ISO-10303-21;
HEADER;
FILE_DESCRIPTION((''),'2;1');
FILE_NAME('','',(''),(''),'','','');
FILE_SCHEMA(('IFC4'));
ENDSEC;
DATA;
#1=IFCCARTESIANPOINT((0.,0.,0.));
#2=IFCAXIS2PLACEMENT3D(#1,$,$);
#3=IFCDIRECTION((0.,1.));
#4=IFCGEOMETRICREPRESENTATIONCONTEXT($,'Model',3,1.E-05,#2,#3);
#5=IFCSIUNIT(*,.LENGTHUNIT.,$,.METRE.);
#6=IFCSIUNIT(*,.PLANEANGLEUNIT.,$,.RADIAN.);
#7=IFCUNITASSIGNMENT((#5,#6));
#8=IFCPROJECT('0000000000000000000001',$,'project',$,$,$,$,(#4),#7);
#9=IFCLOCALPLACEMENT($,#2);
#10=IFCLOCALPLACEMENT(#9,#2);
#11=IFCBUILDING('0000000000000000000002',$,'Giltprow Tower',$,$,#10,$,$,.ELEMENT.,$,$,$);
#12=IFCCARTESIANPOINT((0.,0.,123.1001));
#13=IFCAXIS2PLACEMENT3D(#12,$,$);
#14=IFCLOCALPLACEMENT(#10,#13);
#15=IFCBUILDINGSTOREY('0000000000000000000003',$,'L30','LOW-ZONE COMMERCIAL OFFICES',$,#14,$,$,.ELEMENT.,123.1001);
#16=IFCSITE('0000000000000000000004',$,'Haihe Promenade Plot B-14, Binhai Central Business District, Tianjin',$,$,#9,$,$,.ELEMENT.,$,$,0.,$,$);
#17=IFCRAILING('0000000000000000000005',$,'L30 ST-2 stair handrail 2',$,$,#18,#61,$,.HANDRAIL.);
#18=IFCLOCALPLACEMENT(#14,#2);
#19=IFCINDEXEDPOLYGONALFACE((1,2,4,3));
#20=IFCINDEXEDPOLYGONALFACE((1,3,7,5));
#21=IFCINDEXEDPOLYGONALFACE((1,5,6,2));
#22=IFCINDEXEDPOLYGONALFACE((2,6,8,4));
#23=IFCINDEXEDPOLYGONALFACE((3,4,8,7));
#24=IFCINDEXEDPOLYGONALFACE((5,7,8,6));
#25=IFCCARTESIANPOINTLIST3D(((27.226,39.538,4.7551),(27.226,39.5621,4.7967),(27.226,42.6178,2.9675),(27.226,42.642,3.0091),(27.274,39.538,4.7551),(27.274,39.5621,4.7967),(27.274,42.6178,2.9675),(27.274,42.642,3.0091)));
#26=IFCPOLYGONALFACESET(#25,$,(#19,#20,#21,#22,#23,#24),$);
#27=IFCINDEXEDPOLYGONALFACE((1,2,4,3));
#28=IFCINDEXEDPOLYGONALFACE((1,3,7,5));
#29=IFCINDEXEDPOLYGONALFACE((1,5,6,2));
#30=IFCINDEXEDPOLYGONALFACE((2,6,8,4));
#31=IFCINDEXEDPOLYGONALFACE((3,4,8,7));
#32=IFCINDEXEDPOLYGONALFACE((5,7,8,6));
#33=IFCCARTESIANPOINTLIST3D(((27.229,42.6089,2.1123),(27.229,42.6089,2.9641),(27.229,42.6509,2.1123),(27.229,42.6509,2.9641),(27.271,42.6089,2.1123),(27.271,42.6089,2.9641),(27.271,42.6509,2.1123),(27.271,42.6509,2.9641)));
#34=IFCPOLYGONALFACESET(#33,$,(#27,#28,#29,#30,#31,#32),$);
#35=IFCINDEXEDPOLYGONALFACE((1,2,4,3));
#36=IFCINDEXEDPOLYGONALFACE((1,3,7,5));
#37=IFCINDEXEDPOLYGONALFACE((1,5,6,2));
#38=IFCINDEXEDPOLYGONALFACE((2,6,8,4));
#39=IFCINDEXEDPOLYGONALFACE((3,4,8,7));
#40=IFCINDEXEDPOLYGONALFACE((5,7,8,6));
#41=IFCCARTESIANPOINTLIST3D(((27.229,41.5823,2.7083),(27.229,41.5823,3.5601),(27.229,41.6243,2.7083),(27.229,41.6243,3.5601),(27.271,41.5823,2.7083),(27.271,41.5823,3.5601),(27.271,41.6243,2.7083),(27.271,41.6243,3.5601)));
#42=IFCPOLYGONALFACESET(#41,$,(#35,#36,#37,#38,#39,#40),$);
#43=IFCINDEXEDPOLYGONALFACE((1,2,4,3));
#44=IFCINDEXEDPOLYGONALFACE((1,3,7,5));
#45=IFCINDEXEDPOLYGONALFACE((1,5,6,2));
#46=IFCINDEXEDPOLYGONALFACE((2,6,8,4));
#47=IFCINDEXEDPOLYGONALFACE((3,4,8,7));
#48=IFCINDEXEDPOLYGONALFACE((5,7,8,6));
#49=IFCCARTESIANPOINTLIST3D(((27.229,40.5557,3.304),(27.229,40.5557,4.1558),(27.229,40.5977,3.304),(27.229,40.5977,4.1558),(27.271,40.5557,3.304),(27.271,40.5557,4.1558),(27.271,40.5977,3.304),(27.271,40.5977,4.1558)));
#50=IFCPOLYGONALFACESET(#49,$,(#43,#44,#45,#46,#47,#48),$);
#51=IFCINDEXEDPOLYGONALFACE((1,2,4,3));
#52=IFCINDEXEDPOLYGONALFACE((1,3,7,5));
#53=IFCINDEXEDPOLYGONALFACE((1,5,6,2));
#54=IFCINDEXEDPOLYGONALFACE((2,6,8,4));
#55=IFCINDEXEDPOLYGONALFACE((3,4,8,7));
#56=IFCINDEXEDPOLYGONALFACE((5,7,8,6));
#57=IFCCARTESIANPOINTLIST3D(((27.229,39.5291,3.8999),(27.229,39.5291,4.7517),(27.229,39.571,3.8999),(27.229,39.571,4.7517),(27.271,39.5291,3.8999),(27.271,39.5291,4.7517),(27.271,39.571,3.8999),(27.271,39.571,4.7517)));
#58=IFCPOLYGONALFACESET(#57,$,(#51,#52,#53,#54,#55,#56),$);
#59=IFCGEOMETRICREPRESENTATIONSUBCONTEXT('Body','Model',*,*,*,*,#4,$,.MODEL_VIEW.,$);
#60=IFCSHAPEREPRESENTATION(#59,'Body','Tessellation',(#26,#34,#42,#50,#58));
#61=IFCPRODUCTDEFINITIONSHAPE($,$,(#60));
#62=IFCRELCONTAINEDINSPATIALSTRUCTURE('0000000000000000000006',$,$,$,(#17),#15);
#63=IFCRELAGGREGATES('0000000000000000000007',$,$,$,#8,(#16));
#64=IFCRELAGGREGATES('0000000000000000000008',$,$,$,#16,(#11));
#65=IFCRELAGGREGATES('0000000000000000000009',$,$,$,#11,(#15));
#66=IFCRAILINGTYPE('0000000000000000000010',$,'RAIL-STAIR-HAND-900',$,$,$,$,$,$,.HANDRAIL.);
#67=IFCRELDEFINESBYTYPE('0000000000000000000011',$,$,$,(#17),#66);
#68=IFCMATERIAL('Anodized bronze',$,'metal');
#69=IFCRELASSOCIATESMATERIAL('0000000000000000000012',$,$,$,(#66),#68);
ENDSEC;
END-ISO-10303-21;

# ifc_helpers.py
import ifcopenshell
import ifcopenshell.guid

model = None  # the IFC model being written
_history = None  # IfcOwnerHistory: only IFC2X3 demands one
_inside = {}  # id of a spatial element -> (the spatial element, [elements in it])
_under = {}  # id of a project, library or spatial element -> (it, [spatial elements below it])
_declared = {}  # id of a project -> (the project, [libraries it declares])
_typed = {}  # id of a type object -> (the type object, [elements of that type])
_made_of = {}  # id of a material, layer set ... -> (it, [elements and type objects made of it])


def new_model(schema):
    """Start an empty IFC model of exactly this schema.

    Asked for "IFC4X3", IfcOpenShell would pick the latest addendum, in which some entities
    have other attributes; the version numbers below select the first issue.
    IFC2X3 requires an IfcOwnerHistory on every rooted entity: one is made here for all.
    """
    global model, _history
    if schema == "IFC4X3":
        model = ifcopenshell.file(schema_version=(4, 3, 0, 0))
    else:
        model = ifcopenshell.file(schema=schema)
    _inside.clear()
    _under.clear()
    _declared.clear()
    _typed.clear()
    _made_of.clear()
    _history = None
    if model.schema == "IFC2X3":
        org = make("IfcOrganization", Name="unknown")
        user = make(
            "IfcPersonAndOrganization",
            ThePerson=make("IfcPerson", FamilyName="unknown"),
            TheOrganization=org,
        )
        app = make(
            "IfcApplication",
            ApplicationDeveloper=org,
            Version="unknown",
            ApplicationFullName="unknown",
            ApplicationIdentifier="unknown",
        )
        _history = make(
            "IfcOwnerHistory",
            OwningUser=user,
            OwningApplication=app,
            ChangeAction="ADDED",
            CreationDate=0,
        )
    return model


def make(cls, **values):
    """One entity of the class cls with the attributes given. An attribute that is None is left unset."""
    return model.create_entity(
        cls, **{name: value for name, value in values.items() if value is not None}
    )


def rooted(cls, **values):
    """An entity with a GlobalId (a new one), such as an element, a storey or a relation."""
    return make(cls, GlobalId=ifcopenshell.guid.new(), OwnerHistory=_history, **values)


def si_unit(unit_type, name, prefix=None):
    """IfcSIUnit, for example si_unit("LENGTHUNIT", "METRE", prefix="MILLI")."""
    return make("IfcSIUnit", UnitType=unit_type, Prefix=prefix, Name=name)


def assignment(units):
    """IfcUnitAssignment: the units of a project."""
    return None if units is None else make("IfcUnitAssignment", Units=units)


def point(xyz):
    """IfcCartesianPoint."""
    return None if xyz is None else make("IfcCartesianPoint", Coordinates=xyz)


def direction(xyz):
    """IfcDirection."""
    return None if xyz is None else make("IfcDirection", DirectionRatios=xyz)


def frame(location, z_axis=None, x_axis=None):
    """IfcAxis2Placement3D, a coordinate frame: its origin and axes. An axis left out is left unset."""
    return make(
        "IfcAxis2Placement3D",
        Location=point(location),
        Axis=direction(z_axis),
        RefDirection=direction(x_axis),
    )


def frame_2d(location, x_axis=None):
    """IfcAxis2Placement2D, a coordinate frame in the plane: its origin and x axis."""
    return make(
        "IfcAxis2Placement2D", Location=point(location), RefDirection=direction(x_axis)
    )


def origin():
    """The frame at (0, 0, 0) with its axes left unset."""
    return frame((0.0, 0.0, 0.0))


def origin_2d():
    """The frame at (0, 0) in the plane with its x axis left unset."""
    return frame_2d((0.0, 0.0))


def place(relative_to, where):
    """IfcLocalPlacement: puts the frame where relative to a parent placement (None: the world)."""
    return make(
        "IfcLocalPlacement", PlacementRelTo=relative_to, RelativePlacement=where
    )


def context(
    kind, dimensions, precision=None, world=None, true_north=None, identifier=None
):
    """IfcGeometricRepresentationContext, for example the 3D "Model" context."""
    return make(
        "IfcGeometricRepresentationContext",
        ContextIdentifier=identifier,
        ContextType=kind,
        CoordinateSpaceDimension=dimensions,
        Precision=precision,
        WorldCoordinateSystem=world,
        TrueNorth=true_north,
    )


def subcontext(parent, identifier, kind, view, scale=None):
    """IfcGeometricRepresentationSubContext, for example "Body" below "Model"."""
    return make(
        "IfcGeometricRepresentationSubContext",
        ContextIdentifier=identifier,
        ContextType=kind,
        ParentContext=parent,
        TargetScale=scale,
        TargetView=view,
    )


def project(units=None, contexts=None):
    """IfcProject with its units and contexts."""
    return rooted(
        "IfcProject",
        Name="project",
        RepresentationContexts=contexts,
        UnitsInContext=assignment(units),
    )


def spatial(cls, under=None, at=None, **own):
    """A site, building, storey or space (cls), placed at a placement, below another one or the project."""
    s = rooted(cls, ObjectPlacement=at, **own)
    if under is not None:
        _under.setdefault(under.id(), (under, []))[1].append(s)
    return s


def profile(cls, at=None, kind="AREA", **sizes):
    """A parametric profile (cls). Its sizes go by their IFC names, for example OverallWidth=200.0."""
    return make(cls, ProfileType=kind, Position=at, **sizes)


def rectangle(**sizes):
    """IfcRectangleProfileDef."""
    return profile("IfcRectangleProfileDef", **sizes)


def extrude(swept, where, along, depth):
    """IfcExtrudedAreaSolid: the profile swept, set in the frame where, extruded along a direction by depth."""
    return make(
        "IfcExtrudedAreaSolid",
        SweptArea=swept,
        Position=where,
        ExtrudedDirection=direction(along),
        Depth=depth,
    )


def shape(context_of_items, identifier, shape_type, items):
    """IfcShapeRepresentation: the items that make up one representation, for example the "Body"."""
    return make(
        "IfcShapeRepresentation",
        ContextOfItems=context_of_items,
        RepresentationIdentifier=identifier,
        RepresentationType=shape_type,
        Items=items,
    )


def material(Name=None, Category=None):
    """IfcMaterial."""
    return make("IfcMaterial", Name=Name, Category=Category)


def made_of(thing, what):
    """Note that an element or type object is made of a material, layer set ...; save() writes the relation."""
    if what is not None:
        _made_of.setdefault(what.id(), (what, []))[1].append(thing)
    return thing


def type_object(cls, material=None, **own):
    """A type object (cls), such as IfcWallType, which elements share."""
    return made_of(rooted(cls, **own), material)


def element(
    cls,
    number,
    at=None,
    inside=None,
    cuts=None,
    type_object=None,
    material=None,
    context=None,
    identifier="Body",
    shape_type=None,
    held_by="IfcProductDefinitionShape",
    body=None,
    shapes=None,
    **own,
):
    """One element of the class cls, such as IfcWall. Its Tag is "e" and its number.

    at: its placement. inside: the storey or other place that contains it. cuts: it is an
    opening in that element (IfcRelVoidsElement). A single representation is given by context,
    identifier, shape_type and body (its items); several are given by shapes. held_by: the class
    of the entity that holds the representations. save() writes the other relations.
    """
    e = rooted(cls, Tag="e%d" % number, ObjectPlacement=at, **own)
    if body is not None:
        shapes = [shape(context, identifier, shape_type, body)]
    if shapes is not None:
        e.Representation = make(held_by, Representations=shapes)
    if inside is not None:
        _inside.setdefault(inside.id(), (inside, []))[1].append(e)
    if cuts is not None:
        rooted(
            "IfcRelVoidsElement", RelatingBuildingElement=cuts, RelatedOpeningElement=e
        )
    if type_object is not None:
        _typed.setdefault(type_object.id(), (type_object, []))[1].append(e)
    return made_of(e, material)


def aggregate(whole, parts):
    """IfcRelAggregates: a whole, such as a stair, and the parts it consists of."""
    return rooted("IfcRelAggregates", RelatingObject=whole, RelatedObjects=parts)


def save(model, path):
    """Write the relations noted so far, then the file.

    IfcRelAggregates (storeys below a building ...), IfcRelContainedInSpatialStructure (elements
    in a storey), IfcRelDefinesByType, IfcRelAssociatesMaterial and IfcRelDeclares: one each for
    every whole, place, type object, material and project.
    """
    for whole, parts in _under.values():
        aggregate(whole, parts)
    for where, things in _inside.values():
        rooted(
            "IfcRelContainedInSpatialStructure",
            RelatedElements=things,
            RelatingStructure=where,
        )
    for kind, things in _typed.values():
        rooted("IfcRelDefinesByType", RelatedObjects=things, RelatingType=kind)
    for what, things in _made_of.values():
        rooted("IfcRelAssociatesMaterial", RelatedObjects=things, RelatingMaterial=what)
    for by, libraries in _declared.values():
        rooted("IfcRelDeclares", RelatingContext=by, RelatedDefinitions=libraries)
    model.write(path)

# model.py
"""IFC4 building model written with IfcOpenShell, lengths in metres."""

from ifc_helpers import new_model, si_unit, direction, frame, origin, origin_2d, place, context, subcontext, project, spatial, rectangle, extrude, material, type_object, element, save


model = new_model("IFC4")

# Units and contexts
model_context = context("Model", 3, precision=1e-05, world=origin(), true_north=direction((0.0, 1.0)))
body_context = subcontext(model_context, "Body", "Model", "MODEL_VIEW")
ifc_project = project(units=[si_unit("LENGTHUNIT", "METRE"), si_unit("PLANEANGLEUNIT", "RADIAN")], contexts=[model_context])

# Site, building, storey
site_placement = place(None, origin())
site = spatial("IfcSite", under=ifc_project, at=site_placement, Name="Haihe Promenade Plot B-14, Binhai Central Business District, Tianjin", CompositionType="ELEMENT", RefElevation=0.0)
building_placement = place(site_placement, origin())
building = spatial("IfcBuilding", under=site, at=building_placement, Name="Giltprow Tower", CompositionType="ELEMENT")
storey_placement = place(building_placement, frame((0.0, 0.0, 123.1001)))
storey = spatial("IfcBuildingStorey", under=building, at=storey_placement, Name="L30", Description="LOW-ZONE COMMERCIAL OFFICES", CompositionType="ELEMENT", Elevation=123.1001)

# Railing
ifc_material_1 = material(Name="Anodized bronze", Category="metal")
railing_type_1 = type_object("IfcRailingType", Name="RAIL-STAIR-HAND-900", PredefinedType="HANDRAIL", material=ifc_material_1)
railing_1_placement = place(storey_placement, frame((27.25, 42.6299, 2.1123)))
element("IfcRailing", 1, at=railing_1_placement, inside=storey, type_object=railing_type_1, Name="L30 ST-2 stair handrail 2", PredefinedType="HANDRAIL", context=body_context, shape_type="SweptSolid", body=[
    extrude(rectangle(XDim=0.0481, YDim=0.0481, at=origin_2d()), frame((0.0, 0.0, 0.876), z_axis=(0.0, -0.864873, 0.50199), x_axis=(1.0, 0.0, 0.0)), (0.0, 0.0, 1.0), 3.561),
    extrude(rectangle(XDim=0.042, YDim=0.042, at=origin_2d()), origin(), (0.0, 0.0, 1.0), 0.8518),
    extrude(rectangle(XDim=0.042, YDim=0.042, at=origin_2d()), frame((0.0, -1.0266, 0.5959)), (0.0, 0.0, 1.0), 0.8518),
    extrude(rectangle(XDim=0.042, YDim=0.042, at=origin_2d()), frame((0.0, -2.0532, 1.1917)), (0.0, 0.0, 1.0), 0.8518),
    extrude(rectangle(XDim=0.042, YDim=0.042, at=origin_2d()), frame((0.0, -3.0798, 1.7876)), (0.0, 0.0, 1.0), 0.8518),
])

save(model, "model.ifc")
